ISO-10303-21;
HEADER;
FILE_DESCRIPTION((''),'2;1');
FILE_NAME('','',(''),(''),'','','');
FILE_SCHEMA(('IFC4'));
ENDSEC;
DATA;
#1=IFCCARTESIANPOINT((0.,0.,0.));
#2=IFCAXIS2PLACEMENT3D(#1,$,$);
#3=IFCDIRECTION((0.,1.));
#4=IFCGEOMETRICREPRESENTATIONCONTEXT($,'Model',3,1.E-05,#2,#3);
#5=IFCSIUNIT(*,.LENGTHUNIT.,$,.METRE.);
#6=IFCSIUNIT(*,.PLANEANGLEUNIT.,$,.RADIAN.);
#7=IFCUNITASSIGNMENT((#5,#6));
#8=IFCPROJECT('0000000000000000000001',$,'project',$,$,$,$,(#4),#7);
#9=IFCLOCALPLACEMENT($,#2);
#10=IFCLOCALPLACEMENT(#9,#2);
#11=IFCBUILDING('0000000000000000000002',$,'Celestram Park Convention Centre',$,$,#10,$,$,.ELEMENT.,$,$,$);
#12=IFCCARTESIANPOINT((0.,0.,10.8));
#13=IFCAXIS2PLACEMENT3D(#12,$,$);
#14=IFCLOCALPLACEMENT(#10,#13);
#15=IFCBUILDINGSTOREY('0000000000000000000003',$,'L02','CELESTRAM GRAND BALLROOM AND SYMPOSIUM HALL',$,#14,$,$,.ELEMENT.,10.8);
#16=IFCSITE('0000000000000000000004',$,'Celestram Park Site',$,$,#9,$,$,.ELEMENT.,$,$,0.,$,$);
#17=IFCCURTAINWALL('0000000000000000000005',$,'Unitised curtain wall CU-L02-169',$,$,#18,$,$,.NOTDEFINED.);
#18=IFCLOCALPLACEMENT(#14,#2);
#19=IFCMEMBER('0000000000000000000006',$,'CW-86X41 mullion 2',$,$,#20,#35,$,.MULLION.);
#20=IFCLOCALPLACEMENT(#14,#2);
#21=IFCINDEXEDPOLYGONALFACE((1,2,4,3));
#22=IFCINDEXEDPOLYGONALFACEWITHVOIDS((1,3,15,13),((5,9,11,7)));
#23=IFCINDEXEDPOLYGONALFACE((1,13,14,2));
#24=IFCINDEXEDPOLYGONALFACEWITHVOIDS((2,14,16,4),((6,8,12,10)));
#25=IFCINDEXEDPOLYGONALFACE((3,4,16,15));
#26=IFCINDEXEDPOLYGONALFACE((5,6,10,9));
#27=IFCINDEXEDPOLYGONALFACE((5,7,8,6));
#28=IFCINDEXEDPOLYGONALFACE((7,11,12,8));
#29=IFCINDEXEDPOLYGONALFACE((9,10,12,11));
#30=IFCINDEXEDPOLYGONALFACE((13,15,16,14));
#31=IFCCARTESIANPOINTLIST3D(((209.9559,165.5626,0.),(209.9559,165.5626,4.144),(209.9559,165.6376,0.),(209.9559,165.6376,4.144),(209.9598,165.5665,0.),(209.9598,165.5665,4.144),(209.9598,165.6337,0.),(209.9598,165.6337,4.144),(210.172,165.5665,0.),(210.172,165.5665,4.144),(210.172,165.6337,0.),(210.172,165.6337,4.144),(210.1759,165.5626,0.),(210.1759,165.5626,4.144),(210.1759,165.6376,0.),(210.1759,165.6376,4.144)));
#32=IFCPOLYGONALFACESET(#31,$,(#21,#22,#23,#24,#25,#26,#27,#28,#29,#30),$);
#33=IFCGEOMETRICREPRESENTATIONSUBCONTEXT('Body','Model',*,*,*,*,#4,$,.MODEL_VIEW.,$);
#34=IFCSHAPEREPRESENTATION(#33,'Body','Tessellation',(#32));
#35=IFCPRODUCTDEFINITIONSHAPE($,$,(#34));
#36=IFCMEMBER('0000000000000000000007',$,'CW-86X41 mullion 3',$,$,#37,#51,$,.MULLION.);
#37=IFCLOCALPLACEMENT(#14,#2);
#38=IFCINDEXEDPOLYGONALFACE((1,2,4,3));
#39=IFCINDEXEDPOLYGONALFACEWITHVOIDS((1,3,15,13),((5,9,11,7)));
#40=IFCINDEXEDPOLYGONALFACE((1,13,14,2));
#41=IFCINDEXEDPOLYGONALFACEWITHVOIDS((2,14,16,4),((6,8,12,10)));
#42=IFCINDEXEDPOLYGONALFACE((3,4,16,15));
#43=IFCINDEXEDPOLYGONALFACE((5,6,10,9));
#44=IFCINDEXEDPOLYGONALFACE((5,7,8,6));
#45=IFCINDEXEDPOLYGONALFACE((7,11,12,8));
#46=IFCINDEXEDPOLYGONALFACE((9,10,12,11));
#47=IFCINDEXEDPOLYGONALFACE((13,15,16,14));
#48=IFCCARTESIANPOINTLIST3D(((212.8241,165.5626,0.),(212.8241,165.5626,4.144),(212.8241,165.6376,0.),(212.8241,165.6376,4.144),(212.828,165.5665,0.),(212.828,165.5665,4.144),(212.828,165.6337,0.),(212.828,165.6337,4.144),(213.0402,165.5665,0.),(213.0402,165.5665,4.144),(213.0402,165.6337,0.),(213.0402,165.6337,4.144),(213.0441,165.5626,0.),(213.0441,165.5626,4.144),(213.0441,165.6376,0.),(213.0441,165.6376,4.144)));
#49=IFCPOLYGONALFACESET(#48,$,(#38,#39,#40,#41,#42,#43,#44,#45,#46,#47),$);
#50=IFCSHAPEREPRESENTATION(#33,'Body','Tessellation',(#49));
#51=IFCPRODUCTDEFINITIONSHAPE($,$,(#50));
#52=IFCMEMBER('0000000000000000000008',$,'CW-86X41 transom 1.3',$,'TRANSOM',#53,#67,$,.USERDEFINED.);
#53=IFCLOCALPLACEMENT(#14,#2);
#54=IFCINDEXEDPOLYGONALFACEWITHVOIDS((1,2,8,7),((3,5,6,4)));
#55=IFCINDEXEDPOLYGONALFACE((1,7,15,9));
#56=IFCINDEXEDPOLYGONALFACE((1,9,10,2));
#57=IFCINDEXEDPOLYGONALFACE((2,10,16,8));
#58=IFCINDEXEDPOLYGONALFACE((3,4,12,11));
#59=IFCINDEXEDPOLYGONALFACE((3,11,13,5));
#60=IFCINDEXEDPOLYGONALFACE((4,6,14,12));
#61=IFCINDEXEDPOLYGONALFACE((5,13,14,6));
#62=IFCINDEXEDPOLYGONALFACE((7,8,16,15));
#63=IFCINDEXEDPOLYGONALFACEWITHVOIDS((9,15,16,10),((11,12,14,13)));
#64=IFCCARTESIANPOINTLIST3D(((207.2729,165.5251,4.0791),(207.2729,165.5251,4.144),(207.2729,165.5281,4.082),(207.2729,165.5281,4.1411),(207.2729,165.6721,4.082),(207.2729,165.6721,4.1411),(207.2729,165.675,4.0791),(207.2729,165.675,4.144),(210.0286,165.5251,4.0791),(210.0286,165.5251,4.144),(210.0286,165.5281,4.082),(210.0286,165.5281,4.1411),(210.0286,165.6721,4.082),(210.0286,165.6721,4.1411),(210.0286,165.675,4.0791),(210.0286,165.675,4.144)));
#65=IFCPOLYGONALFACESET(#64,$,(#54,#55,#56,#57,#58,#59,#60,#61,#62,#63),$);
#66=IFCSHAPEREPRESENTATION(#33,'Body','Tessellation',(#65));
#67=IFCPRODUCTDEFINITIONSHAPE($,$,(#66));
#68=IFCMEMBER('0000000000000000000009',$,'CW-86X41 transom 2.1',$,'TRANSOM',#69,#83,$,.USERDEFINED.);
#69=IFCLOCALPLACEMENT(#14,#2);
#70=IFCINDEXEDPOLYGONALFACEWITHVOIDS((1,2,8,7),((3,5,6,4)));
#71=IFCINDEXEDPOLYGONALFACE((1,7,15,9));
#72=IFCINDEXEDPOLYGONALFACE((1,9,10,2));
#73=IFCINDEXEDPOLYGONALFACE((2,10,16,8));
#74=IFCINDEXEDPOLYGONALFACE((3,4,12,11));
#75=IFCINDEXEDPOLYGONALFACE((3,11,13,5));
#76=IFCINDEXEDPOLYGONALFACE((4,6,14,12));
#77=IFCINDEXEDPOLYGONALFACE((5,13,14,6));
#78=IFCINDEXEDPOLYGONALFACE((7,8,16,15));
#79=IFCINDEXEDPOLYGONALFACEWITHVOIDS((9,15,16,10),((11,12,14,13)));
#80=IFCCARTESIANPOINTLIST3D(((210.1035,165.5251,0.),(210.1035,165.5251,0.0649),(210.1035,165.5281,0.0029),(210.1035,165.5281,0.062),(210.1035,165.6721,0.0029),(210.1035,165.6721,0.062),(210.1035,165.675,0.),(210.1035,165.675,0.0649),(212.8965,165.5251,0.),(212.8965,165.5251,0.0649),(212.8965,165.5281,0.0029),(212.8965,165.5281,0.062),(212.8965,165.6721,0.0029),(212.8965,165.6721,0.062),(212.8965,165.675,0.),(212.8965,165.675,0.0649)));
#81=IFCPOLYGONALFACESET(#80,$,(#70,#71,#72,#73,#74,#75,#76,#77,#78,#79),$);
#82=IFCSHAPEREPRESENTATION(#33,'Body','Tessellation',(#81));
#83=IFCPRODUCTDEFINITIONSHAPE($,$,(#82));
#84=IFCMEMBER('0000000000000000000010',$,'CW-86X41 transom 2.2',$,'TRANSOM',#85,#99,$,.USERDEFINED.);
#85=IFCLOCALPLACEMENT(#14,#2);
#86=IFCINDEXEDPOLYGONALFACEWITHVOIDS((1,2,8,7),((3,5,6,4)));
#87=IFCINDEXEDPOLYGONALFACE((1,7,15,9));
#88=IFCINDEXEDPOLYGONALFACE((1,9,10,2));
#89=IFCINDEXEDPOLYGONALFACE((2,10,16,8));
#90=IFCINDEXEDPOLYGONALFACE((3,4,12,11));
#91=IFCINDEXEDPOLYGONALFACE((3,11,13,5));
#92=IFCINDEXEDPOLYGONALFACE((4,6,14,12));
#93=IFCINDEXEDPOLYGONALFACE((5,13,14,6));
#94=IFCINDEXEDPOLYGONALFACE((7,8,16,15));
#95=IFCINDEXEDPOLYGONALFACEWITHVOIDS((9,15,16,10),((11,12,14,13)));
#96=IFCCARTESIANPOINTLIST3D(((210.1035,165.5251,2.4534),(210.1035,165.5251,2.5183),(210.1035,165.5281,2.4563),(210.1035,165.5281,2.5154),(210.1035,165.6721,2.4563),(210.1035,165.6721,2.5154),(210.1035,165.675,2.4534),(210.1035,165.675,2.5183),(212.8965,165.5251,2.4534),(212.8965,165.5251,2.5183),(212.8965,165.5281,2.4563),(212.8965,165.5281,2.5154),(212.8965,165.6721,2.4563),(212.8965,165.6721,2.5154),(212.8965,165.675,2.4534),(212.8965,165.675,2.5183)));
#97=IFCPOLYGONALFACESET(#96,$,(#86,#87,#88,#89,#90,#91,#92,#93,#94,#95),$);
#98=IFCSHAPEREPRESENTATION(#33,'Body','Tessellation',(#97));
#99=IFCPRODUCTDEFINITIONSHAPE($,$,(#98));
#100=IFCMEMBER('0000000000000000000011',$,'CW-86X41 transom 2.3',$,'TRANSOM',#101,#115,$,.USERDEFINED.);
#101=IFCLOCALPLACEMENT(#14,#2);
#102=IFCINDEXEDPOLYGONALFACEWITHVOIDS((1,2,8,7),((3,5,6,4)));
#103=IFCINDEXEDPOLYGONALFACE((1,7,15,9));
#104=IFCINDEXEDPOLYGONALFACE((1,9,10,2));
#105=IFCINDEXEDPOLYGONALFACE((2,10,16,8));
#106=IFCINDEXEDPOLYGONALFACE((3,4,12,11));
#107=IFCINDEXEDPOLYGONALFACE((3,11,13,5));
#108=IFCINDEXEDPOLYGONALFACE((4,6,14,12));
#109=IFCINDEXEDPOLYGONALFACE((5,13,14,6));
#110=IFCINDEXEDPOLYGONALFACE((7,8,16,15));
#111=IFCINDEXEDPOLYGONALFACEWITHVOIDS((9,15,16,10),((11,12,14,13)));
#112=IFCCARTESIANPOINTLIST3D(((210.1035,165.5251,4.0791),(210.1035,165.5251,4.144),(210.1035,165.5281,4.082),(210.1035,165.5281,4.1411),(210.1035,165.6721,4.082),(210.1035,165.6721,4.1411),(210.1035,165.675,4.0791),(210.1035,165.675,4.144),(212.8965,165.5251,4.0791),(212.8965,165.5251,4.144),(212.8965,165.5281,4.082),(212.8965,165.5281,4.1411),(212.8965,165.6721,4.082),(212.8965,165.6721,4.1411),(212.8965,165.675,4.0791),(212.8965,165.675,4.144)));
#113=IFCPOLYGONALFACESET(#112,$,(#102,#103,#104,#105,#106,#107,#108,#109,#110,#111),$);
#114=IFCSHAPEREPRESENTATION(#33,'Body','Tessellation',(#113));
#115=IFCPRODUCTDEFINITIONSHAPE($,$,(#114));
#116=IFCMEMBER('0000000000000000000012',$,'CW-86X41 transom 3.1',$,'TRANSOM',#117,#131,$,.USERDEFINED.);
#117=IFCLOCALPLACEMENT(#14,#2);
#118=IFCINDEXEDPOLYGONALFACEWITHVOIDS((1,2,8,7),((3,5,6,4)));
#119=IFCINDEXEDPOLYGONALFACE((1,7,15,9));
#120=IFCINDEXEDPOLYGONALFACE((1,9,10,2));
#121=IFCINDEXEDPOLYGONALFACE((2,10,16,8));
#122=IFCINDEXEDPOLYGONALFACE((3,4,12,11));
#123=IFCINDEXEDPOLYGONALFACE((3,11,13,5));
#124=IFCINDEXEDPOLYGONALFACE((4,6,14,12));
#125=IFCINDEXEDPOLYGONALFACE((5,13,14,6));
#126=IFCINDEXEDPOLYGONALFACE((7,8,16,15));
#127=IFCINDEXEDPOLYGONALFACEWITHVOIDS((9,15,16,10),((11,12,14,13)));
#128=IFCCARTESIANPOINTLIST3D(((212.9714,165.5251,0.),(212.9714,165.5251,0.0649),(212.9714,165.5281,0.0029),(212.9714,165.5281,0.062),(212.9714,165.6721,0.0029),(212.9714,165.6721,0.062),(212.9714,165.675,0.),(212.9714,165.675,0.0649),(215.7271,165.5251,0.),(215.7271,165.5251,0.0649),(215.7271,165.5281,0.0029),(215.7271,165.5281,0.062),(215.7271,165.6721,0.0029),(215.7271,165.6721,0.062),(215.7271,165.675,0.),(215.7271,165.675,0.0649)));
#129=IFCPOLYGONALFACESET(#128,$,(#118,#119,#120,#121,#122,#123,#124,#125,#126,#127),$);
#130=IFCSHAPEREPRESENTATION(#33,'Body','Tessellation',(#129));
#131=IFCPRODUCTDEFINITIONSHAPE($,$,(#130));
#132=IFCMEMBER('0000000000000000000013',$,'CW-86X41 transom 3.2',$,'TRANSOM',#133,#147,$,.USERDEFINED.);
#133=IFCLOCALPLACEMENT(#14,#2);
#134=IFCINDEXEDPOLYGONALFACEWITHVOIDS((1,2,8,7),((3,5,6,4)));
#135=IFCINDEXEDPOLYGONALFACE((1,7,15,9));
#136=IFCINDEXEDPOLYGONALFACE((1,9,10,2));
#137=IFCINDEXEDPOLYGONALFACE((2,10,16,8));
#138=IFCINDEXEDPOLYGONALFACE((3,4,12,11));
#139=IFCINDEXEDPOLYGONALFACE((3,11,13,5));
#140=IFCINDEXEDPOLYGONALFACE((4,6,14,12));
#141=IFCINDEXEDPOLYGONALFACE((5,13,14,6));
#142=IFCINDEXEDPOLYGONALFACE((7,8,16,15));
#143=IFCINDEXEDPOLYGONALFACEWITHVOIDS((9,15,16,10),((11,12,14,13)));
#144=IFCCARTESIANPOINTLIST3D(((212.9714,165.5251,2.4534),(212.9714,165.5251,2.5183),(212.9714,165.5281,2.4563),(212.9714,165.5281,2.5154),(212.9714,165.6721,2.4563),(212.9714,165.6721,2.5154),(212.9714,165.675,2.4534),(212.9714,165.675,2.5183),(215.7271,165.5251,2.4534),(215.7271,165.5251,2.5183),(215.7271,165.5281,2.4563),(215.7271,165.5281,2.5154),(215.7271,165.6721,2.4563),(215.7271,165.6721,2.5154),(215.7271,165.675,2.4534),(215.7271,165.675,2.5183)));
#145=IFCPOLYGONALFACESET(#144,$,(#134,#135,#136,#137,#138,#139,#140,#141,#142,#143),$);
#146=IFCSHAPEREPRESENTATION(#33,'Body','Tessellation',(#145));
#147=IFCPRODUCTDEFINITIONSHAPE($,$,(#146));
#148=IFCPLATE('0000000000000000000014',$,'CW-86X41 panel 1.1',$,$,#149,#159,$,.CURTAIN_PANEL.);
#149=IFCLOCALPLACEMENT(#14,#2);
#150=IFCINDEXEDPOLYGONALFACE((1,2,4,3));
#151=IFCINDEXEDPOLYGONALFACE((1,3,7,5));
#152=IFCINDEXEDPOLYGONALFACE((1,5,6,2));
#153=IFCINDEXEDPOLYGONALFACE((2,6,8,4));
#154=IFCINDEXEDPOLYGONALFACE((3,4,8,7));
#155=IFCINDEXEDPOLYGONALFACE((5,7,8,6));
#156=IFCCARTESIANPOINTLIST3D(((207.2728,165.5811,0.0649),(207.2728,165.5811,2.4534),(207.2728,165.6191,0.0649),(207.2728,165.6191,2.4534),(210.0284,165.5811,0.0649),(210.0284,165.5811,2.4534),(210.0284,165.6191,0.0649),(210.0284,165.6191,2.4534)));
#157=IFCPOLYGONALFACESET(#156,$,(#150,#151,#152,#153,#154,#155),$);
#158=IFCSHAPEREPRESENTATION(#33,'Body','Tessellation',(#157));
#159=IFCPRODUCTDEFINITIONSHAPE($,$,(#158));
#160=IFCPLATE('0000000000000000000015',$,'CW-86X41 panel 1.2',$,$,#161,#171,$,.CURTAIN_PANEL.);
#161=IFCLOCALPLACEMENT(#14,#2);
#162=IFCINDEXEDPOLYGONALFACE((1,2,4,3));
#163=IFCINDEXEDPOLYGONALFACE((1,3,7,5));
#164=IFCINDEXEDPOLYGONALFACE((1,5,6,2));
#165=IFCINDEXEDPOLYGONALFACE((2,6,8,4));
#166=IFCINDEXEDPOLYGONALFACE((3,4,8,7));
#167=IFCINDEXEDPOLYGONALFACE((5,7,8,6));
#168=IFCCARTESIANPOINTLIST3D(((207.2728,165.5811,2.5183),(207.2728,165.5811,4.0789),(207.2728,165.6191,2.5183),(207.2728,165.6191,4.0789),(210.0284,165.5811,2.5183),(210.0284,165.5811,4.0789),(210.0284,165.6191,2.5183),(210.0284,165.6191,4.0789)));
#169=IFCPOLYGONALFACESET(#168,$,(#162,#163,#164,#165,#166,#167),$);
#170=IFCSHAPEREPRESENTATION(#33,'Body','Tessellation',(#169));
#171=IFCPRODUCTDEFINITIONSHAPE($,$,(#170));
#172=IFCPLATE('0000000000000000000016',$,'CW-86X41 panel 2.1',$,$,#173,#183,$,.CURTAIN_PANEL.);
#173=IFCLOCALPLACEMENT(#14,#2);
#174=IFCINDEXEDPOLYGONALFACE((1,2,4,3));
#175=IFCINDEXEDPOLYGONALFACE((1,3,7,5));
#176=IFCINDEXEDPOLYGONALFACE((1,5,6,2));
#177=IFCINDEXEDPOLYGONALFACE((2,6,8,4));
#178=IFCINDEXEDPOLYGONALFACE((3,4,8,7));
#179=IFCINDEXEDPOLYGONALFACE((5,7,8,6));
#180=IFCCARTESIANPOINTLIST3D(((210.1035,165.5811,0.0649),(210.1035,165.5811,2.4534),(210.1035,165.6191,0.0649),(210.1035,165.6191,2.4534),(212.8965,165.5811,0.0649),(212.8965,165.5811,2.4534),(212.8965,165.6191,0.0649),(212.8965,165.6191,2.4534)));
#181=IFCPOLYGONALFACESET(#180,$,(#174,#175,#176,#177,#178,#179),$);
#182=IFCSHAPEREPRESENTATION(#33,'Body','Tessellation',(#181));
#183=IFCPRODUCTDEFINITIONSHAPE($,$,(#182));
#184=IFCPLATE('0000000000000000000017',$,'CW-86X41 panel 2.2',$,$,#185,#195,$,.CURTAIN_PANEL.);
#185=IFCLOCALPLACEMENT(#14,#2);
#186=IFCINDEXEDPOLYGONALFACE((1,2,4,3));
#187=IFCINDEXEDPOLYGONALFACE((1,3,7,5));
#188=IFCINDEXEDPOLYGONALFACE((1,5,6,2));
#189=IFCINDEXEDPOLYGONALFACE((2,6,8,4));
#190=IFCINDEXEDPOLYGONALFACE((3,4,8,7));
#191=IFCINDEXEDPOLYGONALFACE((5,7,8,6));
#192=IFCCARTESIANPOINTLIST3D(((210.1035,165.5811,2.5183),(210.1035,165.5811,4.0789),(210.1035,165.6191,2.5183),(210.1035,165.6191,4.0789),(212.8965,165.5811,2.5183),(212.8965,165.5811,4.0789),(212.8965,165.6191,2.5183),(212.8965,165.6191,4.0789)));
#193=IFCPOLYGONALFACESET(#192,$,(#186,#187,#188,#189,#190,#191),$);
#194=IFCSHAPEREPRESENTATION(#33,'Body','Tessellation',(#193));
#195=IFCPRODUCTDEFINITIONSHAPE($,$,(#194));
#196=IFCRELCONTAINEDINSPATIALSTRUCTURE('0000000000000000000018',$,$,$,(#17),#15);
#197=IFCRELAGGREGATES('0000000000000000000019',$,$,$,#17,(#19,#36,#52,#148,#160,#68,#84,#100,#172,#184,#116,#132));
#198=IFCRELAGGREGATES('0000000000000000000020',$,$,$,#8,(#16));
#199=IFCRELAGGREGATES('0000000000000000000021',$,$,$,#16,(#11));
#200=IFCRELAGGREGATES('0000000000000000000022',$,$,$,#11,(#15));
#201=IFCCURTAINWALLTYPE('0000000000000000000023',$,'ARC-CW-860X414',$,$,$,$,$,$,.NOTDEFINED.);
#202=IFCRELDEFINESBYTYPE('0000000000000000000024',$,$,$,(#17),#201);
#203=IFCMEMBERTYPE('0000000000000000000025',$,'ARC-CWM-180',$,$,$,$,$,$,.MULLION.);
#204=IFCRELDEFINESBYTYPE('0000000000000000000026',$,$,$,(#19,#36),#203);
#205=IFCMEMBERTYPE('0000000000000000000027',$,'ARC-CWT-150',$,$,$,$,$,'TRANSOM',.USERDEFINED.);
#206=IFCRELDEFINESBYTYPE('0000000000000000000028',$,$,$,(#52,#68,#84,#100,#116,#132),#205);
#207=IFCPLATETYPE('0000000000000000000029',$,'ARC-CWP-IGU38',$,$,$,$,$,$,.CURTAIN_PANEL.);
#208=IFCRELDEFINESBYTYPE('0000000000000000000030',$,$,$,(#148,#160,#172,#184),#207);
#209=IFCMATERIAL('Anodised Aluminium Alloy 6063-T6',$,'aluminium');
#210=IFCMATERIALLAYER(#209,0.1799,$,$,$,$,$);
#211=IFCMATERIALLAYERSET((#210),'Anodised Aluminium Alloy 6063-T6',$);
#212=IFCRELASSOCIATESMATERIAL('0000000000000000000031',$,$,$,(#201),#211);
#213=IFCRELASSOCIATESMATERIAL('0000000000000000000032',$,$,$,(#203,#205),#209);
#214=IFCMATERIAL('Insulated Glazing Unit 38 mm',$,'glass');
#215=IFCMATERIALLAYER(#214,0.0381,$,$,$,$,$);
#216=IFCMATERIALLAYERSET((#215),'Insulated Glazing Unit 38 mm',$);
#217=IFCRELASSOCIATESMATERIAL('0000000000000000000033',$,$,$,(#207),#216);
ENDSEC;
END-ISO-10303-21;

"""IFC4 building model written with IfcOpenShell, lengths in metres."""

from ifc_helpers import new_model, si_unit, direction, frame, origin, origin_2d, place, context, subcontext, project, spatial, rectangle, hollow_rectangle, extrude, material, layer, layer_set, material_profile, profile_set, type_object, element, aggregate, save


model = new_model("IFC4")

# Units and contexts
model_context = context("Model", 3, precision=1e-05, world=origin(), true_north=direction((0.0, 1.0)))
body_context = subcontext(model_context, "Body", "Model", "MODEL_VIEW")
ifc_project = project(units=[si_unit("LENGTHUNIT", "METRE"), si_unit("PLANEANGLEUNIT", "RADIAN")], contexts=[model_context])

# Site, building, storey
site_placement = place(None, origin())
site = spatial("IfcSite", under=ifc_project, at=site_placement, Name="Celestram Park Site", CompositionType="ELEMENT", RefElevation=0.0)
building_placement = place(site_placement, origin())
building = spatial("IfcBuilding", under=site, at=building_placement, Name="Celestram Park Convention Centre", CompositionType="ELEMENT")
storey_placement = place(building_placement, frame((0.0, 0.0, 10.8)))
storey = spatial("IfcBuildingStorey", under=building, at=storey_placement, Name="L02", Description="CELESTRAM GRAND BALLROOM AND SYMPOSIUM HALL", CompositionType="ELEMENT", Elevation=10.8)

# Curtain wall, members, plates
ifc_material_1 = material(Name="Anodised Aluminium Alloy 6063-T6", Category="aluminium")
ifc_layer_1 = layer(ifc_material_1, 0.1799)
ifc_layer_set_1 = layer_set([ifc_layer_1], Name="Anodised Aluminium Alloy 6063-T6")
curtain_wall_type = type_object("IfcCurtainWallType", Name="ARC-CW-860X414", PredefinedType="NOTDEFINED", material=ifc_layer_set_1)
curtain_wall_placement = place(storey_placement, origin())
curtain_wall = element("IfcCurtainWall", 1, at=curtain_wall_placement, inside=storey, type_object=curtain_wall_type, Name="Unitised curtain wall CU-L02-169", PredefinedType="NOTDEFINED")
ifc_material_profile_1 = material_profile(ifc_material_1, hollow_rectangle(XDim=0.075, YDim=0.22, WallThickness=0.0039, at=origin_2d()), Name="ALU75X220X4")
ifc_profile_set_1 = profile_set([ifc_material_profile_1], Name="Anodised Aluminium Alloy 6063-T6")
member_type_1 = type_object("IfcMemberType", Name="ARC-CWM-180", PredefinedType="MULLION", material=ifc_profile_set_1)
member_1_placement = place(storey_placement, frame((210.0659, 165.6001, 0.0), z_axis=(0.0, 0.0, 1.0), x_axis=(0.0, 1.0, 0.0)))
member_1 = element("IfcMember", 2, at=member_1_placement, type_object=member_type_1, Name="CW-86X41 mullion 2", PredefinedType="MULLION", context=body_context, shape_type="SweptSolid", body=[
    extrude(hollow_rectangle(XDim=0.075, YDim=0.22, WallThickness=0.0039, at=origin_2d()), origin(), (0.0, 0.0, 1.0), 4.144),
])
member_2_placement = place(storey_placement, frame((212.9341, 165.6001, 0.0), z_axis=(0.0, 0.0, 1.0), x_axis=(0.0, 1.0, 0.0)))
member_2 = element("IfcMember", 3, at=member_2_placement, type_object=member_type_1, Name="CW-86X41 mullion 3", PredefinedType="MULLION", context=body_context, shape_type="SweptSolid", body=[
    extrude(hollow_rectangle(XDim=0.075, YDim=0.22, WallThickness=0.0039, at=origin_2d()), origin(), (0.0, 0.0, 1.0), 4.144),
])
ifc_material_profile_2 = material_profile(ifc_material_1, hollow_rectangle(XDim=0.1499, YDim=0.0649, WallThickness=0.0029, at=origin_2d()), Name="ALU150X65X3")
ifc_profile_set_2 = profile_set([ifc_material_profile_2], Name="Anodised Aluminium Alloy 6063-T6")
member_type_2 = type_object("IfcMemberType", Name="ARC-CWT-150", ElementType="TRANSOM", PredefinedType="USERDEFINED", material=ifc_profile_set_2)
member_3_placement = place(storey_placement, frame((207.2729, 165.6001, 4.1116), z_axis=(1.0, 0.0, 0.0), x_axis=(0.0, 1.0, 0.0)))
member_3 = element("IfcMember", 4, at=member_3_placement, type_object=member_type_2, Name="CW-86X41 transom 1.3", ObjectType="TRANSOM", PredefinedType="USERDEFINED", context=body_context, shape_type="SweptSolid", body=[
    extrude(hollow_rectangle(XDim=0.1499, YDim=0.0649, WallThickness=0.0029, at=origin_2d()), origin(), (0.0, 0.0, 1.0), 2.7556),
])
member_4_placement = place(storey_placement, frame((210.1035, 165.6001, 0.0325), z_axis=(1.0, 0.0, 0.0), x_axis=(0.0, 1.0, 0.0)))
member_4 = element("IfcMember", 5, at=member_4_placement, type_object=member_type_2, Name="CW-86X41 transom 2.1", ObjectType="TRANSOM", PredefinedType="USERDEFINED", context=body_context, shape_type="SweptSolid", body=[
    extrude(hollow_rectangle(XDim=0.1499, YDim=0.0649, WallThickness=0.0029, at=origin_2d()), origin(), (0.0, 0.0, 1.0), 2.793),
])
member_5_placement = place(storey_placement, frame((210.1035, 165.6001, 2.4858), z_axis=(1.0, 0.0, 0.0), x_axis=(0.0, 1.0, 0.0)))
member_5 = element("IfcMember", 6, at=member_5_placement, type_object=member_type_2, Name="CW-86X41 transom 2.2", ObjectType="TRANSOM", PredefinedType="USERDEFINED", context=body_context, shape_type="SweptSolid", body=[
    extrude(hollow_rectangle(XDim=0.1499, YDim=0.0649, WallThickness=0.0029, at=origin_2d()), origin(), (0.0, 0.0, 1.0), 2.793),
])
member_6_placement = place(storey_placement, frame((210.1035, 165.6001, 4.1116), z_axis=(1.0, 0.0, 0.0), x_axis=(0.0, 1.0, 0.0)))
member_6 = element("IfcMember", 7, at=member_6_placement, type_object=member_type_2, Name="CW-86X41 transom 2.3", ObjectType="TRANSOM", PredefinedType="USERDEFINED", context=body_context, shape_type="SweptSolid", body=[
    extrude(hollow_rectangle(XDim=0.1499, YDim=0.0649, WallThickness=0.0029, at=origin_2d()), origin(), (0.0, 0.0, 1.0), 2.793),
])
member_7_placement = place(storey_placement, frame((212.9714, 165.6001, 0.0325), z_axis=(1.0, 0.0, 0.0), x_axis=(0.0, 1.0, 0.0)))
member_7 = element("IfcMember", 8, at=member_7_placement, type_object=member_type_2, Name="CW-86X41 transom 3.1", ObjectType="TRANSOM", PredefinedType="USERDEFINED", context=body_context, shape_type="SweptSolid", body=[
    extrude(hollow_rectangle(XDim=0.1499, YDim=0.0649, WallThickness=0.0029, at=origin_2d()), origin(), (0.0, 0.0, 1.0), 2.7556),
])
member_8_placement = place(storey_placement, frame((212.9714, 165.6001, 2.4858), z_axis=(1.0, 0.0, 0.0), x_axis=(0.0, 1.0, 0.0)))
member_8 = element("IfcMember", 9, at=member_8_placement, type_object=member_type_2, Name="CW-86X41 transom 3.2", ObjectType="TRANSOM", PredefinedType="USERDEFINED", context=body_context, shape_type="SweptSolid", body=[
    extrude(hollow_rectangle(XDim=0.1499, YDim=0.0649, WallThickness=0.0029, at=origin_2d()), origin(), (0.0, 0.0, 1.0), 2.7556),
])
ifc_material_2 = material(Name="Insulated Glazing Unit 38 mm", Category="glass")
ifc_layer_2 = layer(ifc_material_2, 0.0381)
ifc_layer_set_2 = layer_set([ifc_layer_2], Name="Insulated Glazing Unit 38 mm")
plate_type = type_object("IfcPlateType", Name="ARC-CWP-IGU38", PredefinedType="CURTAIN_PANEL", material=ifc_layer_set_2)
plate_1_placement = place(storey_placement, frame((208.6506, 165.6001, 0.0649), z_axis=(0.0, 0.0, 1.0), x_axis=(1.0, 0.0, 0.0)))
plate_1 = element("IfcPlate", 10, at=plate_1_placement, type_object=plate_type, Name="CW-86X41 panel 1.1", PredefinedType="CURTAIN_PANEL", context=body_context, shape_type="SweptSolid", body=[
    extrude(rectangle(XDim=2.7556, YDim=0.0381, at=origin_2d()), origin(), (0.0, 0.0, 1.0), 2.3884),
])
plate_2_placement = place(storey_placement, frame((208.6506, 165.6001, 2.5183), z_axis=(0.0, 0.0, 1.0), x_axis=(1.0, 0.0, 0.0)))
plate_2 = element("IfcPlate", 11, at=plate_2_placement, type_object=plate_type, Name="CW-86X41 panel 1.2", PredefinedType="CURTAIN_PANEL", context=body_context, shape_type="SweptSolid", body=[
    extrude(rectangle(XDim=2.7556, YDim=0.0381, at=origin_2d()), origin(), (0.0, 0.0, 1.0), 1.5605),
])
plate_3_placement = place(storey_placement, frame((211.5, 165.6001, 0.0649), z_axis=(0.0, 0.0, 1.0), x_axis=(1.0, 0.0, 0.0)))
plate_3 = element("IfcPlate", 12, at=plate_3_placement, type_object=plate_type, Name="CW-86X41 panel 2.1", PredefinedType="CURTAIN_PANEL", context=body_context, shape_type="SweptSolid", body=[
    extrude(rectangle(XDim=2.793, YDim=0.0381, at=origin_2d()), origin(), (0.0, 0.0, 1.0), 2.3884),
])
plate_4_placement = place(storey_placement, frame((211.5, 165.6001, 2.5183), z_axis=(0.0, 0.0, 1.0), x_axis=(1.0, 0.0, 0.0)))
plate_4 = element("IfcPlate", 13, at=plate_4_placement, type_object=plate_type, Name="CW-86X41 panel 2.2", PredefinedType="CURTAIN_PANEL", context=body_context, shape_type="SweptSolid", body=[
    extrude(rectangle(XDim=2.793, YDim=0.0381, at=origin_2d()), origin(), (0.0, 0.0, 1.0), 1.5605),
])
aggregate(curtain_wall, [member_1, member_2, member_3, plate_1, plate_2, member_4, member_5, member_6, plate_3, plate_4, member_7, member_8])

save(model, "model.ifc")
